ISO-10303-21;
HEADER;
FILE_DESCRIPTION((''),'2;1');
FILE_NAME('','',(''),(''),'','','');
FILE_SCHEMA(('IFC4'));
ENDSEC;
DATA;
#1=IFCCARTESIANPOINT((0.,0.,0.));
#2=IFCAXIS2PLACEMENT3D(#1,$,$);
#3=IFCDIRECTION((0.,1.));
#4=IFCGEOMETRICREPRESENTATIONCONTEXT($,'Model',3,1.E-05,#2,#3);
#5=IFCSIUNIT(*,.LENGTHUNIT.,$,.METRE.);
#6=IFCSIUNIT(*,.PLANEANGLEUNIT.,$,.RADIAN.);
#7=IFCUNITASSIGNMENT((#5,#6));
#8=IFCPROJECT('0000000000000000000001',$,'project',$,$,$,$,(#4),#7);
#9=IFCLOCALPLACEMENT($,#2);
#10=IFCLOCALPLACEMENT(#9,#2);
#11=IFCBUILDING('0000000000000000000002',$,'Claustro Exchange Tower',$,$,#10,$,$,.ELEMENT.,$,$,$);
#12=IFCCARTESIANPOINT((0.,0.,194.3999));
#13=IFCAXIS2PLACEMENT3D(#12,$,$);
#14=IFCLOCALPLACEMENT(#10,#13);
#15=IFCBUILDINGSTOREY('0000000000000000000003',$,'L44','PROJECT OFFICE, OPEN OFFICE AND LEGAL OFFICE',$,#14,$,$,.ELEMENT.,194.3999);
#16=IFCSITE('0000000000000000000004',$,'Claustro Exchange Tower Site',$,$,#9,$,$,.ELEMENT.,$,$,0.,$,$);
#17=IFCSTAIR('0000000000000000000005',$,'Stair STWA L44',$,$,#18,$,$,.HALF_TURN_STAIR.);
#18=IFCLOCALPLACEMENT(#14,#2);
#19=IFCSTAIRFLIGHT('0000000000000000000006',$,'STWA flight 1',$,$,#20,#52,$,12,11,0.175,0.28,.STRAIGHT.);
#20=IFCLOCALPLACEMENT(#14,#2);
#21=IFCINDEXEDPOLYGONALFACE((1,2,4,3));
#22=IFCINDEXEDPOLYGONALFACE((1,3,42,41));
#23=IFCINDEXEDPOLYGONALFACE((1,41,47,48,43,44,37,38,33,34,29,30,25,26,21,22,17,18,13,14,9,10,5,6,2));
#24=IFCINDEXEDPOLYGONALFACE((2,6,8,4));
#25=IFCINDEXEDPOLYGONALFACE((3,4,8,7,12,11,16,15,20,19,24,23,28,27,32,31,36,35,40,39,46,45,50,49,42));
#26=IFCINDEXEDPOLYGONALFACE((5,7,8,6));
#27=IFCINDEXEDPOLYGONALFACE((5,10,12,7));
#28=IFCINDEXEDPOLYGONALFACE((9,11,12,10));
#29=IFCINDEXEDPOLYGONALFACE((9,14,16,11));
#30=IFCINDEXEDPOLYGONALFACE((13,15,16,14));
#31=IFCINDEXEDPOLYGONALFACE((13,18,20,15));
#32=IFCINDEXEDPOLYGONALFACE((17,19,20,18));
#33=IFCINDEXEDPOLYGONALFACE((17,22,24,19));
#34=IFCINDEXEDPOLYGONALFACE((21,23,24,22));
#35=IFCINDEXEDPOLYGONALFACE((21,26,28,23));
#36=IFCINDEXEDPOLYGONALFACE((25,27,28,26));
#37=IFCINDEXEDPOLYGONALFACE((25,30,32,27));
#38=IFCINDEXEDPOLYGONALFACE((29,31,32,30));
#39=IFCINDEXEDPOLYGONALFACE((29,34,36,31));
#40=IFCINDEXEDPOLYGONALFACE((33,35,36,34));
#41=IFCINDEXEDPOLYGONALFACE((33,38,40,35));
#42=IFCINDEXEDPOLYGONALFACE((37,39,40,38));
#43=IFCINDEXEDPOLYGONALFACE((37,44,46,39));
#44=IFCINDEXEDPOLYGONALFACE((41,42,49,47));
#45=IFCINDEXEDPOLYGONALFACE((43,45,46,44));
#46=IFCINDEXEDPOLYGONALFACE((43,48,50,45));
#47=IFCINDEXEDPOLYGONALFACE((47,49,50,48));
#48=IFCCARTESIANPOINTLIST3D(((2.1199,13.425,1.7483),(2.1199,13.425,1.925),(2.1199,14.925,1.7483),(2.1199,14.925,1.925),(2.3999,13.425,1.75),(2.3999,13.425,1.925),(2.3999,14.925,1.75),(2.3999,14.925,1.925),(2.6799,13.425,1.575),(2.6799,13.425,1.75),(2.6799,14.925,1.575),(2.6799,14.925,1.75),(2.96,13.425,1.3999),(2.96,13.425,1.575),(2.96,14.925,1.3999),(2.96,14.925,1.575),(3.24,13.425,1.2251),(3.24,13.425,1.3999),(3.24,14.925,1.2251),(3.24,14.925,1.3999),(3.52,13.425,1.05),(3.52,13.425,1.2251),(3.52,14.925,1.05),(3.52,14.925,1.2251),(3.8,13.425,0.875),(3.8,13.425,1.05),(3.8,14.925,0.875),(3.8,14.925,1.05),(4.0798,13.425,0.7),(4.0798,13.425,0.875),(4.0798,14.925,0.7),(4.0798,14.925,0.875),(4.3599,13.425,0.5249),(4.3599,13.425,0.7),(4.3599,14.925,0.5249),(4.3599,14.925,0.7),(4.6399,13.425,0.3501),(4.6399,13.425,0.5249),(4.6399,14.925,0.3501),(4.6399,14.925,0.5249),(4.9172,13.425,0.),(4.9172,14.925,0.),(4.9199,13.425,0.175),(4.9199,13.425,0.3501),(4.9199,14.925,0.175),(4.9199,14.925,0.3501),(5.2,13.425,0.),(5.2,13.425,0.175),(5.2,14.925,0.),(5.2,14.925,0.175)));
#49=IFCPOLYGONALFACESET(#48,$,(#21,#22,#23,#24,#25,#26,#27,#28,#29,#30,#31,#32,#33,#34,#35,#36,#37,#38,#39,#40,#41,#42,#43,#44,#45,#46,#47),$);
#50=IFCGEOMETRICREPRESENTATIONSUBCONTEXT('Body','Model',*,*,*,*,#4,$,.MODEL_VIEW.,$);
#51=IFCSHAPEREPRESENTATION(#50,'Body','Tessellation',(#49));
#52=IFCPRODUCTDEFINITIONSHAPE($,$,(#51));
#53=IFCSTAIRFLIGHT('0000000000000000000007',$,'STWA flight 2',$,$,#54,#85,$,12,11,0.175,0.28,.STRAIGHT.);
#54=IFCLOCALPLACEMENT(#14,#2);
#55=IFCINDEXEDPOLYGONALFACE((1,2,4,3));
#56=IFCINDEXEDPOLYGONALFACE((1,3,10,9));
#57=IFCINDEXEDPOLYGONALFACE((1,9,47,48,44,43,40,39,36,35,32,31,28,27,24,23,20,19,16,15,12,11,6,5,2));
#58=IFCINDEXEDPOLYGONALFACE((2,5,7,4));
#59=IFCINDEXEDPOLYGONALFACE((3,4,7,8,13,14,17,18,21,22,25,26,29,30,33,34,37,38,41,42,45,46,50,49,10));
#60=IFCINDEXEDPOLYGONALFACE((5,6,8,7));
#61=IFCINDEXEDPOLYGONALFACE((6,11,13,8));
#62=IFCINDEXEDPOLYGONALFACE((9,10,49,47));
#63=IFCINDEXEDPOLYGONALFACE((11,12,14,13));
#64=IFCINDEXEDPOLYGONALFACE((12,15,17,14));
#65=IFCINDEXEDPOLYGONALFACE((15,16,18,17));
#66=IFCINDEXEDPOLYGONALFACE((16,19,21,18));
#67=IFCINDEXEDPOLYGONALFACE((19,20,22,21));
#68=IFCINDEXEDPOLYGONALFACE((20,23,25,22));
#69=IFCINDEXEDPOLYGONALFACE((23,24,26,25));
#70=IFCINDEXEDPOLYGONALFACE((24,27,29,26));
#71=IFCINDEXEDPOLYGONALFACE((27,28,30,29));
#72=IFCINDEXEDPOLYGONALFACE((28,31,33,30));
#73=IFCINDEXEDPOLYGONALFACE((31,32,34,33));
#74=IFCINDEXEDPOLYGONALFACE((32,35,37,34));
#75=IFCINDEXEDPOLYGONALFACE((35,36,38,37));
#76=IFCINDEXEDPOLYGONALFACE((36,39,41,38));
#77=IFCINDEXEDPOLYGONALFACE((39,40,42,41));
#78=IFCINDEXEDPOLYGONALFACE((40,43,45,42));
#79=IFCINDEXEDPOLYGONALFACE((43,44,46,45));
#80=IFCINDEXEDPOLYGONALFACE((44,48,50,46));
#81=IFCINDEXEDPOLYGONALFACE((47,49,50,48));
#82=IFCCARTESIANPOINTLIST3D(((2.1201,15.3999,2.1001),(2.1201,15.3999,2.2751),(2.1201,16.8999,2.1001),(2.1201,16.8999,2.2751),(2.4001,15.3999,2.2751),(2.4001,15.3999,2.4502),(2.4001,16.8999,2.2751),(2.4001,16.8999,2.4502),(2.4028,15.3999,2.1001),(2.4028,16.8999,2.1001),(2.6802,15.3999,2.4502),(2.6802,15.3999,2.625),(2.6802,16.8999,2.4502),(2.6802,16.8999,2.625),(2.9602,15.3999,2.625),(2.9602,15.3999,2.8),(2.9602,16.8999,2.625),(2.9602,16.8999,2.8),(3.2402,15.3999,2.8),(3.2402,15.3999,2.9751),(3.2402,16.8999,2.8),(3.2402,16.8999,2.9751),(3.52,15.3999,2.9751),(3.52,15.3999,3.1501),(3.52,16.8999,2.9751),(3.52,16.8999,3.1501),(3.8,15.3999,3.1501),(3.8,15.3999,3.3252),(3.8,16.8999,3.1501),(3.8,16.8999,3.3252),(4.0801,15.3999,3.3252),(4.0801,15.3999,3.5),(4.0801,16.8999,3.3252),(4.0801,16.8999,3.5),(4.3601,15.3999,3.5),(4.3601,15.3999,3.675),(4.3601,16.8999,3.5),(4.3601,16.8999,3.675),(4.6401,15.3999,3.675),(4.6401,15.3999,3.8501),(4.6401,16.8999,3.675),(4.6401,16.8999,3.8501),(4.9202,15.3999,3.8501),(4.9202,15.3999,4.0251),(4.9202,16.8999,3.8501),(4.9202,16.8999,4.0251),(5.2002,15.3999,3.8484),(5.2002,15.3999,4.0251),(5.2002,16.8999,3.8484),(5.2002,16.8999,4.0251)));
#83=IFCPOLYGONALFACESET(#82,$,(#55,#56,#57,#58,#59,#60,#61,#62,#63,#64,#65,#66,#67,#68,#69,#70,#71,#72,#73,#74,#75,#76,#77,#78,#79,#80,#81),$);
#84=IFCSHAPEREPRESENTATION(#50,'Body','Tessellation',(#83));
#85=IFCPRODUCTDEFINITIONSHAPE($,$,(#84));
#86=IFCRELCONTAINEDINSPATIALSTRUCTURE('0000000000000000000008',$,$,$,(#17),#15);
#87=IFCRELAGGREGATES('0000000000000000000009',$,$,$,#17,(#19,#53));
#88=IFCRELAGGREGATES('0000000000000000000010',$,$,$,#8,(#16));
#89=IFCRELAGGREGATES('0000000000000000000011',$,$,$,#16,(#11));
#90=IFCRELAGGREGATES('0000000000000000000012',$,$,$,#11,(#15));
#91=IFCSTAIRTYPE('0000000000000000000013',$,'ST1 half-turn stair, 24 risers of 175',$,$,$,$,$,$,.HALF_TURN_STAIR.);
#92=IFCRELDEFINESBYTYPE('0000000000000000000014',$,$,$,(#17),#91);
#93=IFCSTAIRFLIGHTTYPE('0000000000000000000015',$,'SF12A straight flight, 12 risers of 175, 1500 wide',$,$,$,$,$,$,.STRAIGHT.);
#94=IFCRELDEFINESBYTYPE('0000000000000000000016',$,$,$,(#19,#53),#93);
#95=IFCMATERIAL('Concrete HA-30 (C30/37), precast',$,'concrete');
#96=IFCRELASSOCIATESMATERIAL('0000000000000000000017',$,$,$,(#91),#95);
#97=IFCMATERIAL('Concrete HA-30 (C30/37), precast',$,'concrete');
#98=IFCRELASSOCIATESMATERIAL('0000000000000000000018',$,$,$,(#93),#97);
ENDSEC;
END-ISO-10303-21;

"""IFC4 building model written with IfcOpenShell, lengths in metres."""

from ifc_helpers import new_model, si_unit, direction, frame, origin, place, context, subcontext, project, spatial, polyline, outline, extrude, material, type_object, element, aggregate, save


model = new_model("IFC4")

# Units and contexts
model_context = context("Model", 3, precision=1e-05, world=origin(), true_north=direction((0.0, 1.0)))
body_context = subcontext(model_context, "Body", "Model", "MODEL_VIEW")
ifc_project = project(units=[si_unit("LENGTHUNIT", "METRE"), si_unit("PLANEANGLEUNIT", "RADIAN")], contexts=[model_context])

# Site, building, storey
site_placement = place(None, origin())
site = spatial("IfcSite", under=ifc_project, at=site_placement, Name="Claustro Exchange Tower Site", CompositionType="ELEMENT", RefElevation=0.0)
building_placement = place(site_placement, origin())
building = spatial("IfcBuilding", under=site, at=building_placement, Name="Claustro Exchange Tower", CompositionType="ELEMENT")
storey_placement = place(building_placement, frame((0.0, 0.0, 194.3999)))
storey = spatial("IfcBuildingStorey", under=building, at=storey_placement, Name="L44", Description="PROJECT OFFICE, OPEN OFFICE AND LEGAL OFFICE", CompositionType="ELEMENT", Elevation=194.3999)

# Stair, stair flights
ifc_material_1 = material(Name="Concrete HA-30 (C30/37), precast", Category="concrete")
stair_type = type_object("IfcStairType", Name="ST1 half-turn stair, 24 risers of 175", PredefinedType="HALF_TURN_STAIR", material=ifc_material_1)
stair_placement = place(storey_placement, origin())
stair = element("IfcStair", 1, at=stair_placement, inside=storey, type_object=stair_type, Name="Stair STWA L44", PredefinedType="HALF_TURN_STAIR")
ifc_material_2 = material(Name="Concrete HA-30 (C30/37), precast", Category="concrete")
stair_flight_type = type_object("IfcStairFlightType", Name="SF12A straight flight, 12 risers of 175, 1500 wide", PredefinedType="STRAIGHT", material=ifc_material_2)
stair_flight_1_placement = place(storey_placement, frame((5.2, 14.175, 0.0), z_axis=(0.0, 0.0, 1.0), x_axis=(-1.0, 0.0, 0.0)))
stair_flight_1 = element("IfcStairFlight", 2, at=stair_flight_1_placement, type_object=stair_flight_type, Name="STWA flight 1", NumberOfRisers=12, NumberOfTreads=11, PredefinedType="STRAIGHT", RiserHeight=0.175, TreadLength=0.28, context=body_context, shape_type="SweptSolid", body=[
    extrude(outline(polyline([(0.0, 0.0), (0.0, 0.175), (0.28, 0.175), (0.28, 0.3501), (0.5601, 0.3501), (0.5601, 0.5249), (0.8401, 0.5249), (0.8401, 0.7), (1.1201, 0.7), (1.1201, 0.875), (1.3999, 0.875), (1.3999, 1.05), (1.6799, 1.05), (1.6799, 1.2251), (1.96, 1.2251), (1.96, 1.3999), (2.24, 1.3999), (2.24, 1.575), (2.52, 1.575), (2.52, 1.75), (2.8, 1.75), (2.8, 1.925), (3.0801, 1.925), (3.0801, 2.1001), (3.0801, 1.7483), (0.2827, 0.0), (0.0, 0.0)])), frame((0.0, 0.75, 0.0), z_axis=(0.0, -1.0, 0.0), x_axis=(1.0, 0.0, 0.0)), (0.0, 0.0, 1.0), 1.5),
])
stair_flight_2_placement = place(storey_placement, frame((2.1201, 16.1499, 2.1001), z_axis=(0.0, 0.0, 1.0), x_axis=(1.0, 0.0, 0.0)))
stair_flight_2 = element("IfcStairFlight", 3, at=stair_flight_2_placement, type_object=stair_flight_type, Name="STWA flight 2", NumberOfRisers=12, NumberOfTreads=11, PredefinedType="STRAIGHT", RiserHeight=0.175, TreadLength=0.28, context=body_context, shape_type="SweptSolid", body=[
    extrude(outline(polyline([(0.0, 0.0), (0.0, 0.175), (0.28, 0.175), (0.28, 0.3501), (0.5601, 0.3501), (0.5601, 0.5249), (0.8401, 0.5249), (0.8401, 0.7), (1.1201, 0.7), (1.1201, 0.875), (1.3999, 0.875), (1.3999, 1.05), (1.6799, 1.05), (1.6799, 1.2251), (1.96, 1.2251), (1.96, 1.3999), (2.24, 1.3999), (2.24, 1.575), (2.52, 1.575), (2.52, 1.75), (2.8, 1.75), (2.8, 1.925), (3.0801, 1.925), (3.0801, 2.1001), (3.0801, 1.7483), (0.2827, 0.0), (0.0, 0.0)])), frame((0.0, 0.75, 0.0), z_axis=(0.0, -1.0, 0.0), x_axis=(1.0, 0.0, 0.0)), (0.0, 0.0, 1.0), 1.5),
])
aggregate(stair, [stair_flight_1, stair_flight_2])

save(model, "model.ifc")
